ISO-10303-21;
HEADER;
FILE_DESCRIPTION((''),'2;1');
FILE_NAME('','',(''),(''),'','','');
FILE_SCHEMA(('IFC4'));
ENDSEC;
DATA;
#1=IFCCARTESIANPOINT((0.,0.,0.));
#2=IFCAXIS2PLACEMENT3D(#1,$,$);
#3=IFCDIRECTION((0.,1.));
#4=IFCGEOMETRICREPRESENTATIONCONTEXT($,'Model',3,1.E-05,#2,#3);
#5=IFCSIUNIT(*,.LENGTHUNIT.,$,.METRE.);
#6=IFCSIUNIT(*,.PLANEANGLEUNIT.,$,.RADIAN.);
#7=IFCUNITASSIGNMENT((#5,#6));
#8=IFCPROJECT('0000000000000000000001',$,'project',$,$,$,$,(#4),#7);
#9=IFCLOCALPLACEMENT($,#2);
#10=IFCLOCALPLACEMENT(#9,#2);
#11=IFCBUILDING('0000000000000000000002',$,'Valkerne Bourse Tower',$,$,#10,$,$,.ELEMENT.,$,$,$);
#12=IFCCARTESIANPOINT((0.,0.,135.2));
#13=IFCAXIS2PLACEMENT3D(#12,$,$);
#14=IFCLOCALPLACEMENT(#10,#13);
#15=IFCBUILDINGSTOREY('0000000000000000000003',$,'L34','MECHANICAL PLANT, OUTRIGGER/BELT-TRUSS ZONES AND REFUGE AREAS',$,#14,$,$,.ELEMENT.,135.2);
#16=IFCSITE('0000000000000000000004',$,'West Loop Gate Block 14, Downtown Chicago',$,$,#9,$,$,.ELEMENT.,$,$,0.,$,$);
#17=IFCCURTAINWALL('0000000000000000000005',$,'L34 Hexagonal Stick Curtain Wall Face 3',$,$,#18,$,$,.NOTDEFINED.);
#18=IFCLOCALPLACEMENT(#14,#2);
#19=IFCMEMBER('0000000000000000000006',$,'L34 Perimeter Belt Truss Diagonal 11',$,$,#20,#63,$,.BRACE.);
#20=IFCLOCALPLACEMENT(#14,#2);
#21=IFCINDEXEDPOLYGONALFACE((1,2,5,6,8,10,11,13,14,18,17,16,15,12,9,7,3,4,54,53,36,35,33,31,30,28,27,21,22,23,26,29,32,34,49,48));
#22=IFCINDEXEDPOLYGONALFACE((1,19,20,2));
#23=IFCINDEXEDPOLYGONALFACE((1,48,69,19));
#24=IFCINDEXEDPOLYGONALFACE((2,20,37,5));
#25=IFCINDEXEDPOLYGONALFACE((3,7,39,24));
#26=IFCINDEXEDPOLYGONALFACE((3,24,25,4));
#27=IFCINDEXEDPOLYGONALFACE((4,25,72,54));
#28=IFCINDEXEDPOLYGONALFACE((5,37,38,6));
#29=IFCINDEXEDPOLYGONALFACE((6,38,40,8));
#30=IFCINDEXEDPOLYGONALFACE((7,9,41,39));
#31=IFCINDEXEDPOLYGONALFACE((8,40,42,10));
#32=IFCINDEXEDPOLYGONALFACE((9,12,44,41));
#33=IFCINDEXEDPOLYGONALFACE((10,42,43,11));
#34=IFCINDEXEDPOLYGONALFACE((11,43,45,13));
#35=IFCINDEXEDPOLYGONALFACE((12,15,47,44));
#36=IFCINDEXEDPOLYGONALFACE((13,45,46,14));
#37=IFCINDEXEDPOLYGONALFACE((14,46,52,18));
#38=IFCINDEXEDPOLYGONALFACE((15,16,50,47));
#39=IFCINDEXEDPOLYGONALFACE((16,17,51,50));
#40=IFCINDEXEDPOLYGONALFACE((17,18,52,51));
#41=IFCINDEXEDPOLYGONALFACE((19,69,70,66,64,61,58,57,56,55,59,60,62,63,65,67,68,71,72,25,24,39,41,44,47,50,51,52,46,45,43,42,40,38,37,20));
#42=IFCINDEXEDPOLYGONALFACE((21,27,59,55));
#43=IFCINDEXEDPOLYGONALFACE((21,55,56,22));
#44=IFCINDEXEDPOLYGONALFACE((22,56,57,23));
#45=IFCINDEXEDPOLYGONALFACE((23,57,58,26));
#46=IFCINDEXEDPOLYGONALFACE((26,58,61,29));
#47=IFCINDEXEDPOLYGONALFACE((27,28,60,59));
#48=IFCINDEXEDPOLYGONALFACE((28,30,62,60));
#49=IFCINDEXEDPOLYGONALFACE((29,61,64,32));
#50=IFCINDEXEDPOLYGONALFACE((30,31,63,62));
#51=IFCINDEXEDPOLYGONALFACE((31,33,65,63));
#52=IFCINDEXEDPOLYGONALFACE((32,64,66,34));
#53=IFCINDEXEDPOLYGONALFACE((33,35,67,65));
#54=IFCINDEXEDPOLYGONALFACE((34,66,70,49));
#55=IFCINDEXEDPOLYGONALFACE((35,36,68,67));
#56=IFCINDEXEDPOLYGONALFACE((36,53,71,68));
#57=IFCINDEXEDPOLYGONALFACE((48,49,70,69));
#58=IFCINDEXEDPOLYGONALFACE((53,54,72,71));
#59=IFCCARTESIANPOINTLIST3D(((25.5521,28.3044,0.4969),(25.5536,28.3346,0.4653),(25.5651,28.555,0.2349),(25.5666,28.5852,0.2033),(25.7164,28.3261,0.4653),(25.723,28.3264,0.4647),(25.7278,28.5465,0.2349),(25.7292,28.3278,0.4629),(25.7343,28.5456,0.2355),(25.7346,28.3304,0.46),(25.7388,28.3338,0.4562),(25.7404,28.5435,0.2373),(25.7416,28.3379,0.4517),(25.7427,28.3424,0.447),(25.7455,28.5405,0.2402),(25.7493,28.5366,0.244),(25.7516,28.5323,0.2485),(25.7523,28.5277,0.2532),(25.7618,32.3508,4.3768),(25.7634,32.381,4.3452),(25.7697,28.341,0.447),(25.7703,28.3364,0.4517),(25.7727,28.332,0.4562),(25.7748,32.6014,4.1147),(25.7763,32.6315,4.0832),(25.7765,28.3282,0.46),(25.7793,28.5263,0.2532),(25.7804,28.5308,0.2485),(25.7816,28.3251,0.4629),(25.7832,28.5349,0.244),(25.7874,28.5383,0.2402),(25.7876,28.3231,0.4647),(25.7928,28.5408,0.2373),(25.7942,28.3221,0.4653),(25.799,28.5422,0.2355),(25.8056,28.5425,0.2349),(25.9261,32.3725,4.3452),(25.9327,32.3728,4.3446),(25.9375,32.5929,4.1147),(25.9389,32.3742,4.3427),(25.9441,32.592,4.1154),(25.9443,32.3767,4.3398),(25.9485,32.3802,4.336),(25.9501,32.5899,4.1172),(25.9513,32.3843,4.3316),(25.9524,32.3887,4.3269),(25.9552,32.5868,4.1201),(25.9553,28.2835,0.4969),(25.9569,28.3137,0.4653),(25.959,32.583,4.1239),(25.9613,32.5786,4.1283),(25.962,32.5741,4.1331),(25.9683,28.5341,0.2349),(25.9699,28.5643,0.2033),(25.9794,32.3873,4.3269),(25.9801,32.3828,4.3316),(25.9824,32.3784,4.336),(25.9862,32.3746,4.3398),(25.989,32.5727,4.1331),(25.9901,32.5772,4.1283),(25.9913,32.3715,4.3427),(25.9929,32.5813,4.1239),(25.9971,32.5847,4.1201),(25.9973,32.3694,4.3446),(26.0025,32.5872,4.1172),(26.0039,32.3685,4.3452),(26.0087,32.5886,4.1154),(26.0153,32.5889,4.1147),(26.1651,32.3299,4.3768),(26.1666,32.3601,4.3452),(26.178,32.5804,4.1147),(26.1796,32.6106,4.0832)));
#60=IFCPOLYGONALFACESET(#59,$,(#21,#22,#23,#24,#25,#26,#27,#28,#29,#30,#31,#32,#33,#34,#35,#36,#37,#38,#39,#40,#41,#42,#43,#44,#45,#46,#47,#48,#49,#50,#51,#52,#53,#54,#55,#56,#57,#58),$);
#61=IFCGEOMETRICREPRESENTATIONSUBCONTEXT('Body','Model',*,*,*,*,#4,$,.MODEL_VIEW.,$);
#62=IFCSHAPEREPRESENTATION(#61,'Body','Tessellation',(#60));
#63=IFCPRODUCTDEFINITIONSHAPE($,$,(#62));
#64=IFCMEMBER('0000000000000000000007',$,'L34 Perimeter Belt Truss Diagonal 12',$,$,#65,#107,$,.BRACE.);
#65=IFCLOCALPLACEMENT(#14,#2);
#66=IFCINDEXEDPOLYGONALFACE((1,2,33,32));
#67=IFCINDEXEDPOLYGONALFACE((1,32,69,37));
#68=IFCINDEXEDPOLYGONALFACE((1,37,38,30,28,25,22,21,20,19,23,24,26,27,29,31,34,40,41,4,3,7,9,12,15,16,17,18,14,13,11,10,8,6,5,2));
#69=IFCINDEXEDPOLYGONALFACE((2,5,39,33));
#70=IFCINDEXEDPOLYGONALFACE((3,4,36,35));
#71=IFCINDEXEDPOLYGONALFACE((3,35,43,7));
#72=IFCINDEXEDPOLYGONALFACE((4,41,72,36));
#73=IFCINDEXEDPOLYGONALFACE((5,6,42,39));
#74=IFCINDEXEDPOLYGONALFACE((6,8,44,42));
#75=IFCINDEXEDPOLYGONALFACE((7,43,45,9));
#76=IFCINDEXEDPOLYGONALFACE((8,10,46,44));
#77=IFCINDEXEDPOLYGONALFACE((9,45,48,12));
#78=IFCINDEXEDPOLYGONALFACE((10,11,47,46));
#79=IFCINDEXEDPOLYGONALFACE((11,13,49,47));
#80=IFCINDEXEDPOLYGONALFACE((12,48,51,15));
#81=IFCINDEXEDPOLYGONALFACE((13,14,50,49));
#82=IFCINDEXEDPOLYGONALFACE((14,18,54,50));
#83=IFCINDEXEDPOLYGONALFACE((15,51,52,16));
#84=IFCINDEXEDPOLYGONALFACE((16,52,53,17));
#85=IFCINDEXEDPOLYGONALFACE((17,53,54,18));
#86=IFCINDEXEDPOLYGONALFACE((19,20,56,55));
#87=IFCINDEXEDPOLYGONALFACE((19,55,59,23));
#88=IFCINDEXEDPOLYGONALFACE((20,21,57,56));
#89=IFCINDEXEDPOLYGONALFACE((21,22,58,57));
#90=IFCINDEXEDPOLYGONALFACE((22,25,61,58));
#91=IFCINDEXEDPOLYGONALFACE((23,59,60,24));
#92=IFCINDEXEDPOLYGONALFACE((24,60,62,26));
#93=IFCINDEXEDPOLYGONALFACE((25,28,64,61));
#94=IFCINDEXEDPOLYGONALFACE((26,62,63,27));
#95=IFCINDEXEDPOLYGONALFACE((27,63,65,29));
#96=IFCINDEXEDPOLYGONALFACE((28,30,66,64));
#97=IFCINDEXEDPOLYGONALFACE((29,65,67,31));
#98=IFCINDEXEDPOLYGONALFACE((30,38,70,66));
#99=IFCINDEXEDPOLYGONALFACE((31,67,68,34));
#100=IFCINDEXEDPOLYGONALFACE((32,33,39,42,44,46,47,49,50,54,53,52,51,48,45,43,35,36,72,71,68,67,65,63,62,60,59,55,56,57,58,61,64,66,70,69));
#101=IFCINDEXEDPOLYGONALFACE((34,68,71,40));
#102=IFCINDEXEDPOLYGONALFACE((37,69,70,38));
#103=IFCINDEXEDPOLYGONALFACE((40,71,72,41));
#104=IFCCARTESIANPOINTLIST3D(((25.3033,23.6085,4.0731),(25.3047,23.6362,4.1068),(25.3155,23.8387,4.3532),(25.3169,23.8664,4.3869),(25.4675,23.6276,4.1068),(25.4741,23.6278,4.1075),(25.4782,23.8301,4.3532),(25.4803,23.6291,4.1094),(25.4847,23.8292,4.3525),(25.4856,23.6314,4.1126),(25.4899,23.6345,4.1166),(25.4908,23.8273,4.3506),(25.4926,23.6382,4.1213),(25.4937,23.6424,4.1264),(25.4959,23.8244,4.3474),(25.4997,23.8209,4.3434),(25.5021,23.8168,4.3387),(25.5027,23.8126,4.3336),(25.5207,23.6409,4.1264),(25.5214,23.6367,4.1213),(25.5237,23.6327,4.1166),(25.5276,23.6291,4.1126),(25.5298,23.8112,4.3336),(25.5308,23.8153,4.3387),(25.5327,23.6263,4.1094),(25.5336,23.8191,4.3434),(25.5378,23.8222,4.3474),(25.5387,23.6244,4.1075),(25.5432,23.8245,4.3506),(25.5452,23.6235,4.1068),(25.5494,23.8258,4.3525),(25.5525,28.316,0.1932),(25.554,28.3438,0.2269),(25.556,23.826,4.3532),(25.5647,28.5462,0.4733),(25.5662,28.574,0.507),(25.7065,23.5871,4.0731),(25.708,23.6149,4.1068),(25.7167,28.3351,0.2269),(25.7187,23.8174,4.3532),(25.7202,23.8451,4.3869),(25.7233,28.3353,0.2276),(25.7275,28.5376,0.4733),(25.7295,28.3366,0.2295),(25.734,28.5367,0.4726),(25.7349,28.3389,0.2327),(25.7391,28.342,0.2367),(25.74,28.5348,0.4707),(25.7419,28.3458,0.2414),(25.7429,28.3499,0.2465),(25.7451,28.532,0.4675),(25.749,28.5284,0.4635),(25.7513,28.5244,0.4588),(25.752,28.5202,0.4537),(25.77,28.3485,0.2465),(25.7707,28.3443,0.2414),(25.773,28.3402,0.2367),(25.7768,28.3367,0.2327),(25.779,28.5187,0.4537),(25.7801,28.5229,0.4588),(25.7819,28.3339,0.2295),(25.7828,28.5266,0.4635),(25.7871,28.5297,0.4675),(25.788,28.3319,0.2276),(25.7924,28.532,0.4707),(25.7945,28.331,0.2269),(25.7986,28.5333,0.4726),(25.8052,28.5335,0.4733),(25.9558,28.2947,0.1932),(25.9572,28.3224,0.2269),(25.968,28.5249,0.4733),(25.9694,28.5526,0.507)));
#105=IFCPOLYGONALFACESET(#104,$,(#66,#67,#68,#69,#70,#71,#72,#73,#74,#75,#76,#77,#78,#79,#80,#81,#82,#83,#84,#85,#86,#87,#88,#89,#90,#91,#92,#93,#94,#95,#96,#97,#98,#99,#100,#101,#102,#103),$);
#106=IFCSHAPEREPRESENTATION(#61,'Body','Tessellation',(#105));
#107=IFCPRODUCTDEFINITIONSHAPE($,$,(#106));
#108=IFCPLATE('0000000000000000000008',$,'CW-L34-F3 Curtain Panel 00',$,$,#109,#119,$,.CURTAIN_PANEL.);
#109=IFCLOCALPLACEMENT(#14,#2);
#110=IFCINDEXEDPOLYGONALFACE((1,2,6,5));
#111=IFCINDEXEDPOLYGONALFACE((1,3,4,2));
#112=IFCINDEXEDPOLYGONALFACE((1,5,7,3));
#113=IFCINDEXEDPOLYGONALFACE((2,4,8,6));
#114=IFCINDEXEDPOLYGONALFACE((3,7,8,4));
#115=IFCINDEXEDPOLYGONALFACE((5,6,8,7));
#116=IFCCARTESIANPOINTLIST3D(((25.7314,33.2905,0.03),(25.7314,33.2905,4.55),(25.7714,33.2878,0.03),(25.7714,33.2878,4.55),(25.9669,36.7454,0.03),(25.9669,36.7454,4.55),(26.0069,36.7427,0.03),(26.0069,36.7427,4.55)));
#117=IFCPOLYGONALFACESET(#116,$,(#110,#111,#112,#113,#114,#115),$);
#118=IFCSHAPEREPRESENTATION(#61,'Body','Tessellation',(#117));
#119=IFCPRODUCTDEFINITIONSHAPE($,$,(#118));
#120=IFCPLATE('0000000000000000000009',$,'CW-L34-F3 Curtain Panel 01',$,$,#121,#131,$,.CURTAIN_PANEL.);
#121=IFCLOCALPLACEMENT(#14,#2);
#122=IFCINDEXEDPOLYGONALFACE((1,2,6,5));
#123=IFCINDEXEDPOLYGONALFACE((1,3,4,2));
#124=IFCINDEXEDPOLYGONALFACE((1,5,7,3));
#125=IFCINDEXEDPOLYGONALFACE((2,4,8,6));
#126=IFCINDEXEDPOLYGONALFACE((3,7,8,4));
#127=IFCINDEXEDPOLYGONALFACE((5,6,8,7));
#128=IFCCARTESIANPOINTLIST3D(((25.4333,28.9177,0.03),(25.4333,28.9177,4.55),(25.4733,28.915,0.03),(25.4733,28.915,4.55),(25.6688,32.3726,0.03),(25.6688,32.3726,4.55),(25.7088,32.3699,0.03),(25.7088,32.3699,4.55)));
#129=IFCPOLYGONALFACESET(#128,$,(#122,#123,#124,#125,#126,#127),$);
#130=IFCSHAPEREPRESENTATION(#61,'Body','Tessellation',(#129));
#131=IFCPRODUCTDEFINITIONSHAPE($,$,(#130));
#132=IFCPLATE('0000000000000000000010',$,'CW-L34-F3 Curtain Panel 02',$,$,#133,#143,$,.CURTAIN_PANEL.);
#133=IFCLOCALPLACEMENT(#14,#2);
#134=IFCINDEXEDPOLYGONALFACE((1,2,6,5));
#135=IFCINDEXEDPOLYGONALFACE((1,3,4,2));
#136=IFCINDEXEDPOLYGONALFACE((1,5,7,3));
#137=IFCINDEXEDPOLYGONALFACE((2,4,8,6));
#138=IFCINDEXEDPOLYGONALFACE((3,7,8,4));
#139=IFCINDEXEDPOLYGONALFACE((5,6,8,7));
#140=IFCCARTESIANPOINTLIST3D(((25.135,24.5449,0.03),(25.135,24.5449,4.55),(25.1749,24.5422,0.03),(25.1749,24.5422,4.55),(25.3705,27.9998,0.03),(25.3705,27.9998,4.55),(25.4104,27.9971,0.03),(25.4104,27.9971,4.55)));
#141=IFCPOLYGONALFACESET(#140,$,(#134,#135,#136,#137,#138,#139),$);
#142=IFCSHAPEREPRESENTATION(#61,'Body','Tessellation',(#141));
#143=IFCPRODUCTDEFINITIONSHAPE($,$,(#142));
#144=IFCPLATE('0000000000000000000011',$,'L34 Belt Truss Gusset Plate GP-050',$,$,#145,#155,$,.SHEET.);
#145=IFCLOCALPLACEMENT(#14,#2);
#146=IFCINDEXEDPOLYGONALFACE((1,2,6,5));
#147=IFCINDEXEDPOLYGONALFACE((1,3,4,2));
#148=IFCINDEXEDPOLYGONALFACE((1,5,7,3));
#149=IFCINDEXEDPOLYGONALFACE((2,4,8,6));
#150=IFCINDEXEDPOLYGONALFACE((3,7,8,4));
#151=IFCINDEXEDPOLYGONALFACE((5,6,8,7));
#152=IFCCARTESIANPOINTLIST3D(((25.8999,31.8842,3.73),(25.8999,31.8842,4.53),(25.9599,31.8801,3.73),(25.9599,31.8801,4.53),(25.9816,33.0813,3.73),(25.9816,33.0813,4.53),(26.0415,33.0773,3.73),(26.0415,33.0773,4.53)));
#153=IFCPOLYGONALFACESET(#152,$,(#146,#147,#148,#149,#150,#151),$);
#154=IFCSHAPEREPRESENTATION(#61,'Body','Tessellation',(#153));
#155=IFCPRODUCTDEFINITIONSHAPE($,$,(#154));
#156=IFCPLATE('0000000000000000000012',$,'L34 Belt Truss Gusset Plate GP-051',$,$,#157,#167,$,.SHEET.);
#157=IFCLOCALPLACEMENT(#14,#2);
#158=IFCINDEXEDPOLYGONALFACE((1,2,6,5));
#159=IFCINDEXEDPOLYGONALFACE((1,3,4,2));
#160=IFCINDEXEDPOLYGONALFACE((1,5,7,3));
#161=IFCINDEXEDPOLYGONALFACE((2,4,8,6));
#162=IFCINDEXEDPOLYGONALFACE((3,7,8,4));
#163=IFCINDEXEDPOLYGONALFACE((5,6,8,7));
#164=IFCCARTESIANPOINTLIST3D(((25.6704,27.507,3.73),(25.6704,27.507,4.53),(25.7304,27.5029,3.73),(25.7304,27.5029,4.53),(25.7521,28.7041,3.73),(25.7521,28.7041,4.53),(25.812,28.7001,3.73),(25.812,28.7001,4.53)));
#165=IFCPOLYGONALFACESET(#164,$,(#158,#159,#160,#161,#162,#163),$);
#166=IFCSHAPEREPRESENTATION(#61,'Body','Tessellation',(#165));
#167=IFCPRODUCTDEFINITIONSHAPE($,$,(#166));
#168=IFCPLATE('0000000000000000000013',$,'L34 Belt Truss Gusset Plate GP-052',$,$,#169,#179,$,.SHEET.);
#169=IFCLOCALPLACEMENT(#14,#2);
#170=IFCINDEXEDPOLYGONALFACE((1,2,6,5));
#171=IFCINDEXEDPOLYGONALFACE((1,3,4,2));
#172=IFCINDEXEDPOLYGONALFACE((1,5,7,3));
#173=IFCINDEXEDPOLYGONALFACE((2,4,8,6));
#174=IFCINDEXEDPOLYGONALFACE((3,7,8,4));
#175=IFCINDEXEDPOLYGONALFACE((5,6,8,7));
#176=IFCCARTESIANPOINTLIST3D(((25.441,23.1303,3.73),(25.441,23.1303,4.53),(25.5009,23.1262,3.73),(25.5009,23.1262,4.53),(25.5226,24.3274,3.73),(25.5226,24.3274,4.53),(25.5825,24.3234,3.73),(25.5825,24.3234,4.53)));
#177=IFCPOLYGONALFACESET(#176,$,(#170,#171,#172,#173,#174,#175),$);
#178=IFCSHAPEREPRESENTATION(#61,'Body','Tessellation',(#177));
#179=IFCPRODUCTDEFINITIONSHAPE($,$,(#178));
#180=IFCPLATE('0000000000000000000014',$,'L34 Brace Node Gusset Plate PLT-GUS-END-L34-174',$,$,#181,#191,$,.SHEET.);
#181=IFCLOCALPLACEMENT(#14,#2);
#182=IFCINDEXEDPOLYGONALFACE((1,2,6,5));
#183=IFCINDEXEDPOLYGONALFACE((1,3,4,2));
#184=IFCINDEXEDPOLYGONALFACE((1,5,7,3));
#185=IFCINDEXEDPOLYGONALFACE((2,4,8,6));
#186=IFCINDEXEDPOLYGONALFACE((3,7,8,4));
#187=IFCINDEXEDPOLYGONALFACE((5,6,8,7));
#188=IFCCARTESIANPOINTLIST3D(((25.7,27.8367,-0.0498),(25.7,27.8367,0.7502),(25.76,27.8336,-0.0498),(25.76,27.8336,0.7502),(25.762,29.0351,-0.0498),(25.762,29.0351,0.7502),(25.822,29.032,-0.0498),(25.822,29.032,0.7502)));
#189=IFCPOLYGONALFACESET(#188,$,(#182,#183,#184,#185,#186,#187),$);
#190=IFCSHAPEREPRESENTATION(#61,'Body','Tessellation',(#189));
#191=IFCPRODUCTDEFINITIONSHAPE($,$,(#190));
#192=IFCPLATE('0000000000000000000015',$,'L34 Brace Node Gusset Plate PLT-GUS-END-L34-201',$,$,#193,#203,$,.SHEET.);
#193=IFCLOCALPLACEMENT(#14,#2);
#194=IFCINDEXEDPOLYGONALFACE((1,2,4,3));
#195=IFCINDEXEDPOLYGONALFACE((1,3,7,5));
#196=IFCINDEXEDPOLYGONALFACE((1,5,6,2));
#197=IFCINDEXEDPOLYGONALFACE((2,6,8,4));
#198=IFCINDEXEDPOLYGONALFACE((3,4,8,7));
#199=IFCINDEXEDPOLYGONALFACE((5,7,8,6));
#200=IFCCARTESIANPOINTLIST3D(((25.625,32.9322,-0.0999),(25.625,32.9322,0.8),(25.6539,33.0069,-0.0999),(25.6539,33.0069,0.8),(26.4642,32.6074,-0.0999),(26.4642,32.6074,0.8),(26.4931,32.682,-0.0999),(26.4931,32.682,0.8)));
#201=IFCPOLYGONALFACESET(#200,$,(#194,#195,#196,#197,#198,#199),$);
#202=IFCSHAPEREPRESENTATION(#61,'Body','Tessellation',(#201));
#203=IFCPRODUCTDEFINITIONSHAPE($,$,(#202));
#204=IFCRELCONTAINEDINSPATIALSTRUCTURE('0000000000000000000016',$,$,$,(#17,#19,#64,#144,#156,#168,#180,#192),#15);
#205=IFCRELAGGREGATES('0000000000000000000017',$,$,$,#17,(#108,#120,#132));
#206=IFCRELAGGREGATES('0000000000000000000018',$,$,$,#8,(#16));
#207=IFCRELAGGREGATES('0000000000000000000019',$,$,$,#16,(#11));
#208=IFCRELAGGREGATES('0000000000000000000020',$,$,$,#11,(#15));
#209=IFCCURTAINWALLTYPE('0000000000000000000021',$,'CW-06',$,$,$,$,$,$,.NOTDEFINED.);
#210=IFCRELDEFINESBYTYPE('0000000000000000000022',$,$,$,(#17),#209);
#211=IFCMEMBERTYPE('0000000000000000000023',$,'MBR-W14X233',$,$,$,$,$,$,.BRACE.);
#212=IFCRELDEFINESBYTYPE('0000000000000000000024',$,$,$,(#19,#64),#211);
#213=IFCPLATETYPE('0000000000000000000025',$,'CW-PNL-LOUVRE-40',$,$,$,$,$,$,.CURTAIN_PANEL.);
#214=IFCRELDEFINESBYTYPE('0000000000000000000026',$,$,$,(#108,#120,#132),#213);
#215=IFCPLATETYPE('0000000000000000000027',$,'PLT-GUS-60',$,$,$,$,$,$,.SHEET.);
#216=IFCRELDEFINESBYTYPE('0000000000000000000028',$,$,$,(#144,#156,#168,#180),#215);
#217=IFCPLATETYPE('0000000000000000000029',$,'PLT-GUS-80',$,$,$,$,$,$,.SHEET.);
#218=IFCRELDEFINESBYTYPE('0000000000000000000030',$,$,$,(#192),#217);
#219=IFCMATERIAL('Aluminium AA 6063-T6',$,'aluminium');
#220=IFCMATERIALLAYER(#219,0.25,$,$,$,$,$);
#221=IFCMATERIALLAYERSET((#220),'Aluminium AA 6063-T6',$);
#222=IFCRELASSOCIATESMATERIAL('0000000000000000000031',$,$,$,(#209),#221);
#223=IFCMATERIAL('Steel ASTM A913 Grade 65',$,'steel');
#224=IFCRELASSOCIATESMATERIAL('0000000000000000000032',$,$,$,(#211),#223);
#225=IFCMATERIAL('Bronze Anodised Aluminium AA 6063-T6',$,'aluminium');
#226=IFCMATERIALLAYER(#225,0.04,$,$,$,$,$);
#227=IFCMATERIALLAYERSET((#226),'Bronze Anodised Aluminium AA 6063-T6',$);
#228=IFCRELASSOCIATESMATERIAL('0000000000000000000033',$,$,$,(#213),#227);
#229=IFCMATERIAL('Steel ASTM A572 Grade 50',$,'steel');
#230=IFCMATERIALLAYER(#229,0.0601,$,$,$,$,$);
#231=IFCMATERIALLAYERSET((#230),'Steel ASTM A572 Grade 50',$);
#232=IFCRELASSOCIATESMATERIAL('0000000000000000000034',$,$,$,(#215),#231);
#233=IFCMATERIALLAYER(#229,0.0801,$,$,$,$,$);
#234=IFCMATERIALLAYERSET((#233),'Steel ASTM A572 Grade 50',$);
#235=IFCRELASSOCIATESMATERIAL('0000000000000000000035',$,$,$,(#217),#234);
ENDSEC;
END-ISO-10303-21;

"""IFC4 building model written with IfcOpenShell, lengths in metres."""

from ifc_helpers import new_model, si_unit, direction, frame, origin, origin_2d, place, context, subcontext, project, spatial, rectangle, i_section, extrude, material, layer, layer_set, material_profile, profile_set, type_object, element, aggregate, save


model = new_model("IFC4")

# Units and contexts
model_context = context("Model", 3, precision=1e-05, world=origin(), true_north=direction((0.0, 1.0)))
body_context = subcontext(model_context, "Body", "Model", "MODEL_VIEW")
ifc_project = project(units=[si_unit("LENGTHUNIT", "METRE"), si_unit("PLANEANGLEUNIT", "RADIAN")], contexts=[model_context])

# Site, building, storey
site_placement = place(None, origin())
site = spatial("IfcSite", under=ifc_project, at=site_placement, Name="West Loop Gate Block 14, Downtown Chicago", CompositionType="ELEMENT", RefElevation=0.0)
building_placement = place(site_placement, origin())
building = spatial("IfcBuilding", under=site, at=building_placement, Name="Valkerne Bourse Tower", CompositionType="ELEMENT")
storey_placement = place(building_placement, frame((0.0, 0.0, 135.2)))
storey = spatial("IfcBuildingStorey", under=building, at=storey_placement, Name="L34", Description="MECHANICAL PLANT, OUTRIGGER/BELT-TRUSS ZONES AND REFUGE AREAS", CompositionType="ELEMENT", Elevation=135.2)

# Shared definitions
ifc_material_1 = material(Name="Steel ASTM A913 Grade 65", Category="steel")

# Curtain wall
ifc_material_2 = material(Name="Aluminium AA 6063-T6", Category="aluminium")
ifc_layer_1 = layer(ifc_material_2, 0.25)
ifc_layer_set_1 = layer_set([ifc_layer_1], Name="Aluminium AA 6063-T6")
curtain_wall_type = type_object("IfcCurtainWallType", Name="CW-06", PredefinedType="NOTDEFINED", material=ifc_layer_set_1)
curtain_wall_placement = place(storey_placement, origin())
curtain_wall = element("IfcCurtainWall", 1, at=curtain_wall_placement, inside=storey, type_object=curtain_wall_type, Name="L34 Hexagonal Stick Curtain Wall Face 3", PredefinedType="NOTDEFINED")

# Members
ifc_material_profile_1 = material_profile(ifc_material_1, i_section(OverallWidth=0.4038, OverallDepth=0.4065, WebThickness=0.0271, FlangeThickness=0.0437, FilletRadius=0.0254, at=origin_2d()), Name="W14X233")
ifc_profile_set_1 = profile_set([ifc_material_profile_1], Name="Steel ASTM A913 Grade 65")
member_type_1 = type_object("IfcMemberType", Name="MBR-W14X233", PredefinedType="BRACE", material=ifc_profile_set_1)
member_1_placement = place(storey_placement, frame((25.761, 28.4343, 0.3501), z_axis=(0.037383, 0.721297, 0.691616), x_axis=(-0.99866, 0.051759, 0.0)))
element("IfcMember", 2, at=member_1_placement, inside=storey, type_object=member_type_1, Name="L34 Perimeter Belt Truss Diagonal 11", PredefinedType="BRACE", context=body_context, shape_type="SweptSolid", body=[
    extrude(i_section(OverallWidth=0.4038, OverallDepth=0.4065, WebThickness=0.0271, FlangeThickness=0.0437, FilletRadius=0.0254, at=origin_2d()), origin(), (0.0, 0.0, 1.0), 5.6099),
])
member_2_placement = place(storey_placement, frame((25.761, 28.4343, 0.3501), z_axis=(-0.040827, -0.771037, 0.63548), x_axis=(0.998601, -0.052877, 0.0)))
element("IfcMember", 3, at=member_2_placement, inside=storey, type_object=member_type_1, Name="L34 Perimeter Belt Truss Diagonal 12", PredefinedType="BRACE", context=body_context, shape_type="SweptSolid", body=[
    extrude(i_section(OverallWidth=0.4038, OverallDepth=0.4065, WebThickness=0.0271, FlangeThickness=0.0437, FilletRadius=0.0254, at=origin_2d()), origin(), (0.0, 0.0, 1.0), 6.1055),
])

# Plates
ifc_material_3 = material(Name="Bronze Anodised Aluminium AA 6063-T6", Category="aluminium")
ifc_layer_2 = layer(ifc_material_3, 0.04)
ifc_layer_set_2 = layer_set([ifc_layer_2], Name="Bronze Anodised Aluminium AA 6063-T6")
plate_type_1 = type_object("IfcPlateType", Name="CW-PNL-LOUVRE-40", PredefinedType="CURTAIN_PANEL", material=ifc_layer_set_2)
plate_1_placement = place(storey_placement, frame((25.8691, 35.0166, 0.03), z_axis=(0.0, 0.0, 1.0), x_axis=(-0.068012, -0.997685, 0.0)))
plate_1 = element("IfcPlate", 4, at=plate_1_placement, type_object=plate_type_1, Name="CW-L34-F3 Curtain Panel 00", PredefinedType="CURTAIN_PANEL", context=body_context, shape_type="SweptSolid", body=[
    extrude(rectangle(XDim=3.4629, YDim=0.04, at=origin_2d()), origin(), (0.0, 0.0, 1.0), 4.52),
])
plate_2_placement = place(storey_placement, frame((25.571, 30.6438, 0.03), z_axis=(0.0, 0.0, 1.0), x_axis=(-0.068014, -0.997684, 0.0)))
plate_2 = element("IfcPlate", 5, at=plate_2_placement, type_object=plate_type_1, Name="CW-L34-F3 Curtain Panel 01", PredefinedType="CURTAIN_PANEL", context=body_context, shape_type="SweptSolid", body=[
    extrude(rectangle(XDim=3.4629, YDim=0.04, at=origin_2d()), origin(), (0.0, 0.0, 1.0), 4.52),
])
plate_3_placement = place(storey_placement, frame((25.2727, 26.271, 0.03), z_axis=(0.0, 0.0, 1.0), x_axis=(-0.068012, -0.997685, 0.0)))
plate_3 = element("IfcPlate", 6, at=plate_3_placement, type_object=plate_type_1, Name="CW-L34-F3 Curtain Panel 02", PredefinedType="CURTAIN_PANEL", context=body_context, shape_type="SweptSolid", body=[
    extrude(rectangle(XDim=3.4629, YDim=0.04, at=origin_2d()), origin(), (0.0, 0.0, 1.0), 4.52),
])
aggregate(curtain_wall, [plate_1, plate_2, plate_3])

# Plates
ifc_material_4 = material(Name="Steel ASTM A572 Grade 50", Category="steel")
ifc_layer_3 = layer(ifc_material_4, 0.0601)
ifc_layer_set_3 = layer_set([ifc_layer_3], Name="Steel ASTM A572 Grade 50")
plate_type_2 = type_object("IfcPlateType", Name="PLT-GUS-60", PredefinedType="SHEET", material=ifc_layer_set_3)
for number, where, z_axis, x_axis, name in (
    (7, (25.9707, 32.4807, 3.73), (0.0, 0.0, 1.0), (-0.068015, -0.997684, 0.0), "L34 Belt Truss Gusset Plate GP-050"),
    (8, (25.7412, 28.1035, 3.73), (0.0, 0.0, 1.0), (-0.068015, -0.997684, 0.0), "L34 Belt Truss Gusset Plate GP-051"),
    (9, (25.5117, 23.7268, 3.73), (0.0, 0.0, 1.0), (-0.068015, -0.997684, 0.0), "L34 Belt Truss Gusset Plate GP-052"),
    (10, (25.761, 28.4343, -0.0498), (0.0, 0.0, 1.0), (0.051639, 0.998666, 0.0), "L34 Brace Node Gusset Plate PLT-GUS-END-L34-174"),
):
    element("IfcPlate", number, at=place(storey_placement, frame(where, z_axis=z_axis, x_axis=x_axis)), inside=storey, type_object=plate_type_2, Name=name, PredefinedType="SHEET", context=body_context, shape_type="SweptSolid", body=[
        extrude(rectangle(XDim=1.2, YDim=0.0601, at=origin_2d()), origin(), (0.0, 0.0, 1.0), 0.8),
    ])
ifc_layer_4 = layer(ifc_material_4, 0.0801)
ifc_layer_set_4 = layer_set([ifc_layer_4], Name="Steel ASTM A572 Grade 50")
plate_type_3 = type_object("IfcPlateType", Name="PLT-GUS-80", PredefinedType="SHEET", material=ifc_layer_set_4)
for number, where, z_axis, x_axis, name in (
    (11, (26.0591, 32.8071, -0.0999), (0.0, 0.0, 1.0), (0.932576, -0.360974, 0.0), "L34 Brace Node Gusset Plate PLT-GUS-END-L34-201"),
):
    element("IfcPlate", number, at=place(storey_placement, frame(where, z_axis=z_axis, x_axis=x_axis)), inside=storey, type_object=plate_type_3, Name=name, PredefinedType="SHEET", context=body_context, shape_type="SweptSolid", body=[
        extrude(rectangle(XDim=0.8999, YDim=0.0801, at=origin_2d()), origin(), (0.0, 0.0, 1.0), 0.8999),
    ])

save(model, "model.ifc")
